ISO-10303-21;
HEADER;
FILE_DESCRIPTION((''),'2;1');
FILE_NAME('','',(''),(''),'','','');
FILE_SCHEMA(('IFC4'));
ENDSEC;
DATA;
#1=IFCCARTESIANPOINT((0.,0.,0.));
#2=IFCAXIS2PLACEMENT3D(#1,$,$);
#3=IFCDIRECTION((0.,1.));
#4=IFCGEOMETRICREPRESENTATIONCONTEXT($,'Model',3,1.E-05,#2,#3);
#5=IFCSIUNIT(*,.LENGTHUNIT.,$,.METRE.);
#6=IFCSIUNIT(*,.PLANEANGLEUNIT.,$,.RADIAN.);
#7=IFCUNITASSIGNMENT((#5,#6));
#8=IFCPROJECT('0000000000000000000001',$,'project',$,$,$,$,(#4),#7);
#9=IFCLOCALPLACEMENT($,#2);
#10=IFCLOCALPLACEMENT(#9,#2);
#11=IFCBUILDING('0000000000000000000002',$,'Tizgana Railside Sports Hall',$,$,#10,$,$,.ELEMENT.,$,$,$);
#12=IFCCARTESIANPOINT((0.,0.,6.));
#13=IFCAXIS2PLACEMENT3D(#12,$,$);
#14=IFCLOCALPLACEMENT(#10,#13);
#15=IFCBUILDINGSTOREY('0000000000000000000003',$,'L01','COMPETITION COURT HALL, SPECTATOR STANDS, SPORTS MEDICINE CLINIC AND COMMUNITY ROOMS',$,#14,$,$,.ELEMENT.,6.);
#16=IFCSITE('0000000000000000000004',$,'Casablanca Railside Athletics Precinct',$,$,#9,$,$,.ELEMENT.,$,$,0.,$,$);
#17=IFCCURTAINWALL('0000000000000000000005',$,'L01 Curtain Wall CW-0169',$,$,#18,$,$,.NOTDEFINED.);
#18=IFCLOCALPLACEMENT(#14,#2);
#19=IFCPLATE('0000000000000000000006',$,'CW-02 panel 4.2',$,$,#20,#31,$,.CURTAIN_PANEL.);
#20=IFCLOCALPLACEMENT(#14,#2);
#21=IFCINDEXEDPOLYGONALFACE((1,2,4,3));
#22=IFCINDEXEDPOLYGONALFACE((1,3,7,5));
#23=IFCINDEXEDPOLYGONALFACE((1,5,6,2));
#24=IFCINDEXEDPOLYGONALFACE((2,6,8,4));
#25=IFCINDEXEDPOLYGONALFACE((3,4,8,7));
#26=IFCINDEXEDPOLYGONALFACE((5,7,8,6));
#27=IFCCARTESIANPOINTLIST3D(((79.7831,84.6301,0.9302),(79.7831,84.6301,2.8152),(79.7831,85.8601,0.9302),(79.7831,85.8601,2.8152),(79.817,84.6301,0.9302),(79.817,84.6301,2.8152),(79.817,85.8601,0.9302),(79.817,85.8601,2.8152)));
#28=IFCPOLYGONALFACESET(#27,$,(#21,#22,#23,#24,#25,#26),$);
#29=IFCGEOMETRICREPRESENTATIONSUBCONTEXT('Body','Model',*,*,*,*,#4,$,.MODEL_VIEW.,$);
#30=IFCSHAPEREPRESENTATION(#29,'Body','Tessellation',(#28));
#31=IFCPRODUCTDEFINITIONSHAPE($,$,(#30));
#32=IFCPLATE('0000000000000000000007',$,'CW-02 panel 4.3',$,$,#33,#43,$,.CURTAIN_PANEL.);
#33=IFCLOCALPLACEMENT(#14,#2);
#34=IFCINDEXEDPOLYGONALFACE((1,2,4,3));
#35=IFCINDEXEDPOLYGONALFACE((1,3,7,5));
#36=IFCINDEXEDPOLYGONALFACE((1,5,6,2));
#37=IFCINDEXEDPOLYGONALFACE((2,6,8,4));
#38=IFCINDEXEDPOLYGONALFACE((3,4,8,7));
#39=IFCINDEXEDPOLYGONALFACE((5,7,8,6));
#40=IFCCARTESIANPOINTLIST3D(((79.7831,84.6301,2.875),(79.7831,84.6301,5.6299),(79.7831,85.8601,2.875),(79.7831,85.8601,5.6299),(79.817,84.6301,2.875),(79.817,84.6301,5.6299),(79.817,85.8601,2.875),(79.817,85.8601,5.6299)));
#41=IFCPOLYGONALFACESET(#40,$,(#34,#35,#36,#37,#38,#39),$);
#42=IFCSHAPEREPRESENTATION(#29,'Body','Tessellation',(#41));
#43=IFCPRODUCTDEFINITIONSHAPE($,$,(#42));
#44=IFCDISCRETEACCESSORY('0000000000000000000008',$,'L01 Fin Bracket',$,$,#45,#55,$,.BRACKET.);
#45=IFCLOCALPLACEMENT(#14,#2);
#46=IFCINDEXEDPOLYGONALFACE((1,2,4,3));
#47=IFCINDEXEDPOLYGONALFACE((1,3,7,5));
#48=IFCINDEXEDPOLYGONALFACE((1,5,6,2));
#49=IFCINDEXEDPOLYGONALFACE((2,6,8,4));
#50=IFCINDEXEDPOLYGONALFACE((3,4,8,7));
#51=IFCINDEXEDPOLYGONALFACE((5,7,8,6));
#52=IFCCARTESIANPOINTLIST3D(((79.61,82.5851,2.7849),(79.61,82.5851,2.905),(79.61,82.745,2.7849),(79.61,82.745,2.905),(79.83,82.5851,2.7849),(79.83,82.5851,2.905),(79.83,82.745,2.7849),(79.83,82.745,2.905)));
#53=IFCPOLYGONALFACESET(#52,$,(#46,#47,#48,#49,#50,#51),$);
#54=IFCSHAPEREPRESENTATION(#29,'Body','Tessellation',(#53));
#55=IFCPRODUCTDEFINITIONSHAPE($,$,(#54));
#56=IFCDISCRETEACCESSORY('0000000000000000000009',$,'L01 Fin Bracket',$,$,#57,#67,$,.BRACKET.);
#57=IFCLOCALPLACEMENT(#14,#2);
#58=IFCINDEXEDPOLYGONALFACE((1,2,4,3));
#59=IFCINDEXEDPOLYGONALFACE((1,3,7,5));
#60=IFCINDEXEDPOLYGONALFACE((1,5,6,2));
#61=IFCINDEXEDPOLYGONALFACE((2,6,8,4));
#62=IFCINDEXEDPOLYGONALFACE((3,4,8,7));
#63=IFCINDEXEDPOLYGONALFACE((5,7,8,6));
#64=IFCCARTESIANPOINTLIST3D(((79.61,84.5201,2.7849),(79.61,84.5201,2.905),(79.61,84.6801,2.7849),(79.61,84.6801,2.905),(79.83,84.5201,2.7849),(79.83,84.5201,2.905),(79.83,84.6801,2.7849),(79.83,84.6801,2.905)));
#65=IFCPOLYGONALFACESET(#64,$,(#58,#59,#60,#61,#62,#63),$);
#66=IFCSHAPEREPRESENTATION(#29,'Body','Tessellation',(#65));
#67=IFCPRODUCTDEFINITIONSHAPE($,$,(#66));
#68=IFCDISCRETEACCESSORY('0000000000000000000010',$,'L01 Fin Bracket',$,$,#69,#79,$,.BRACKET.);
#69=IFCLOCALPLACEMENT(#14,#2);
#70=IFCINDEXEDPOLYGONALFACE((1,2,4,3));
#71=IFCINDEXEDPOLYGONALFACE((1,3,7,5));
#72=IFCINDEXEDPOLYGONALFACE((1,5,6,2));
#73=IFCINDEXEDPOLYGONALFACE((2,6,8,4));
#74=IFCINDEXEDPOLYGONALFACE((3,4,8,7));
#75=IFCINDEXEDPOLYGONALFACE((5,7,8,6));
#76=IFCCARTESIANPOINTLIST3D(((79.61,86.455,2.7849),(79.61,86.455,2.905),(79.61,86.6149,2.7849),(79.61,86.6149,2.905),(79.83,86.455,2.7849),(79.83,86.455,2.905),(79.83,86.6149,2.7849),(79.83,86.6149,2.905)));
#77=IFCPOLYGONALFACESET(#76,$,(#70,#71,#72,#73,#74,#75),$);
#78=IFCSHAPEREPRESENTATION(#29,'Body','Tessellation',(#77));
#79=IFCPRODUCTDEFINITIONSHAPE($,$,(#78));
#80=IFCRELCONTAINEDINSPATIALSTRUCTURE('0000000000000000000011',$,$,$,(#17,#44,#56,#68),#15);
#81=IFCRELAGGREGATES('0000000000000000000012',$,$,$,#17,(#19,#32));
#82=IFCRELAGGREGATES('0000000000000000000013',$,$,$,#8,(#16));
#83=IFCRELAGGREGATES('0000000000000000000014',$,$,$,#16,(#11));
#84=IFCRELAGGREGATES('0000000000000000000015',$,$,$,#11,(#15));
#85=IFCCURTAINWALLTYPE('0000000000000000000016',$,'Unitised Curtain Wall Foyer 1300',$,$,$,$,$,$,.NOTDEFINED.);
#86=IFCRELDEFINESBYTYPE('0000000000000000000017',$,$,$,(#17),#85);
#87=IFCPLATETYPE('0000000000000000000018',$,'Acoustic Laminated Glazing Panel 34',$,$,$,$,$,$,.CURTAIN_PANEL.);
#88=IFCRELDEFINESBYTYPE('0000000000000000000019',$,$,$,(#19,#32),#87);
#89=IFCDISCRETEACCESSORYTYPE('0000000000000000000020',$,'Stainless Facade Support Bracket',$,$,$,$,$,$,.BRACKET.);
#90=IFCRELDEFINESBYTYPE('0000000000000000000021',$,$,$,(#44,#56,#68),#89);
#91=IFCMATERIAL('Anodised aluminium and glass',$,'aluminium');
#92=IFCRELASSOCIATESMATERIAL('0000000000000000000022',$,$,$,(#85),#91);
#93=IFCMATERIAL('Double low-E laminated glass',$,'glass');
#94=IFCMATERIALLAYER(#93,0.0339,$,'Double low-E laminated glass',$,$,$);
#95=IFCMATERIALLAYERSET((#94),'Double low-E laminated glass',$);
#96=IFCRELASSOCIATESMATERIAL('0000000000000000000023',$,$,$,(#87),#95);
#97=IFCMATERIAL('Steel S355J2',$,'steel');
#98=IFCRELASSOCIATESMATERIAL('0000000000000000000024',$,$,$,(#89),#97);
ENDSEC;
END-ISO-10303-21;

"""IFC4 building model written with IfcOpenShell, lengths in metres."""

from ifc_helpers import new_model, si_unit, direction, frame, origin, origin_2d, place, context, subcontext, project, spatial, rectangle, extrude, material, layer, layer_set, type_object, element, aggregate, save


model = new_model("IFC4")

# Units and contexts
model_context = context("Model", 3, precision=1e-05, world=origin(), true_north=direction((0.0, 1.0)))
body_context = subcontext(model_context, "Body", "Model", "MODEL_VIEW")
ifc_project = project(units=[si_unit("LENGTHUNIT", "METRE"), si_unit("PLANEANGLEUNIT", "RADIAN")], contexts=[model_context])

# Site, building, storey
site_placement = place(None, origin())
site = spatial("IfcSite", under=ifc_project, at=site_placement, Name="Casablanca Railside Athletics Precinct", CompositionType="ELEMENT", RefElevation=0.0)
building_placement = place(site_placement, origin())
building = spatial("IfcBuilding", under=site, at=building_placement, Name="Tizgana Railside Sports Hall", CompositionType="ELEMENT")
storey_placement = place(building_placement, frame((0.0, 0.0, 6.0)))
storey = spatial("IfcBuildingStorey", under=building, at=storey_placement, Name="L01", Description="COMPETITION COURT HALL, SPECTATOR STANDS, SPORTS MEDICINE CLINIC AND COMMUNITY ROOMS", CompositionType="ELEMENT", Elevation=6.0)

# Curtain wall, plates
ifc_material_1 = material(Name="Anodised aluminium and glass", Category="aluminium")
curtain_wall_type = type_object("IfcCurtainWallType", Name="Unitised Curtain Wall Foyer 1300", PredefinedType="NOTDEFINED", material=ifc_material_1)
curtain_wall_placement = place(storey_placement, origin())
curtain_wall = element("IfcCurtainWall", 1, at=curtain_wall_placement, inside=storey, type_object=curtain_wall_type, Name="L01 Curtain Wall CW-0169", PredefinedType="NOTDEFINED")
ifc_material_2 = material(Name="Double low-E laminated glass", Category="glass")
ifc_layer = layer(ifc_material_2, 0.0339, Name="Double low-E laminated glass")
ifc_layer_set = layer_set([ifc_layer], Name="Double low-E laminated glass")
plate_type = type_object("IfcPlateType", Name="Acoustic Laminated Glazing Panel 34", PredefinedType="CURTAIN_PANEL", material=ifc_layer_set)
plate_1_placement = place(storey_placement, frame((79.8, 85.2451, 0.9302), z_axis=(0.0, 0.0, 1.0), x_axis=(0.0, 1.0, 0.0)))
plate_1 = element("IfcPlate", 2, at=plate_1_placement, type_object=plate_type, Name="CW-02 panel 4.2", PredefinedType="CURTAIN_PANEL", context=body_context, shape_type="SweptSolid", body=[
    extrude(rectangle(XDim=1.23, YDim=0.0339, at=origin_2d()), origin(), (0.0, 0.0, 1.0), 1.885),
])
plate_2_placement = place(storey_placement, frame((79.8, 85.2451, 2.875), z_axis=(0.0, 0.0, 1.0), x_axis=(0.0, 1.0, 0.0)))
plate_2 = element("IfcPlate", 3, at=plate_2_placement, type_object=plate_type, Name="CW-02 panel 4.3", PredefinedType="CURTAIN_PANEL", context=body_context, shape_type="SweptSolid", body=[
    extrude(rectangle(XDim=1.23, YDim=0.0339, at=origin_2d()), origin(), (0.0, 0.0, 1.0), 2.7549),
])
aggregate(curtain_wall, [plate_1, plate_2])

# Discrete accessories
ifc_material_3 = material(Name="Steel S355J2", Category="steel")
discrete_accessory_type = type_object("IfcDiscreteAccessoryType", Name="Stainless Facade Support Bracket", PredefinedType="BRACKET", material=ifc_material_3)
for number, where, z_axis, x_axis, name in (
    (4, (79.72, 82.665, 2.7849), (0.0, 0.0, 1.0), (0.0, 1.0, 0.0), "L01 Fin Bracket"),
    (5, (79.72, 84.6001, 2.7849), (0.0, 0.0, 1.0), (0.0, 1.0, 0.0), "L01 Fin Bracket"),
    (6, (79.72, 86.5349, 2.7849), (0.0, 0.0, 1.0), (0.0, 1.0, 0.0), "L01 Fin Bracket"),
):
    element("IfcDiscreteAccessory", number, at=place(storey_placement, frame(where, z_axis=z_axis, x_axis=x_axis)), inside=storey, type_object=discrete_accessory_type, Name=name, PredefinedType="BRACKET", context=body_context, shape_type="SweptSolid", body=[
        extrude(rectangle(XDim=0.1599, YDim=0.22, at=origin_2d()), origin(), (0.0, 0.0, 1.0), 0.1201),
    ])

save(model, "model.ifc")
